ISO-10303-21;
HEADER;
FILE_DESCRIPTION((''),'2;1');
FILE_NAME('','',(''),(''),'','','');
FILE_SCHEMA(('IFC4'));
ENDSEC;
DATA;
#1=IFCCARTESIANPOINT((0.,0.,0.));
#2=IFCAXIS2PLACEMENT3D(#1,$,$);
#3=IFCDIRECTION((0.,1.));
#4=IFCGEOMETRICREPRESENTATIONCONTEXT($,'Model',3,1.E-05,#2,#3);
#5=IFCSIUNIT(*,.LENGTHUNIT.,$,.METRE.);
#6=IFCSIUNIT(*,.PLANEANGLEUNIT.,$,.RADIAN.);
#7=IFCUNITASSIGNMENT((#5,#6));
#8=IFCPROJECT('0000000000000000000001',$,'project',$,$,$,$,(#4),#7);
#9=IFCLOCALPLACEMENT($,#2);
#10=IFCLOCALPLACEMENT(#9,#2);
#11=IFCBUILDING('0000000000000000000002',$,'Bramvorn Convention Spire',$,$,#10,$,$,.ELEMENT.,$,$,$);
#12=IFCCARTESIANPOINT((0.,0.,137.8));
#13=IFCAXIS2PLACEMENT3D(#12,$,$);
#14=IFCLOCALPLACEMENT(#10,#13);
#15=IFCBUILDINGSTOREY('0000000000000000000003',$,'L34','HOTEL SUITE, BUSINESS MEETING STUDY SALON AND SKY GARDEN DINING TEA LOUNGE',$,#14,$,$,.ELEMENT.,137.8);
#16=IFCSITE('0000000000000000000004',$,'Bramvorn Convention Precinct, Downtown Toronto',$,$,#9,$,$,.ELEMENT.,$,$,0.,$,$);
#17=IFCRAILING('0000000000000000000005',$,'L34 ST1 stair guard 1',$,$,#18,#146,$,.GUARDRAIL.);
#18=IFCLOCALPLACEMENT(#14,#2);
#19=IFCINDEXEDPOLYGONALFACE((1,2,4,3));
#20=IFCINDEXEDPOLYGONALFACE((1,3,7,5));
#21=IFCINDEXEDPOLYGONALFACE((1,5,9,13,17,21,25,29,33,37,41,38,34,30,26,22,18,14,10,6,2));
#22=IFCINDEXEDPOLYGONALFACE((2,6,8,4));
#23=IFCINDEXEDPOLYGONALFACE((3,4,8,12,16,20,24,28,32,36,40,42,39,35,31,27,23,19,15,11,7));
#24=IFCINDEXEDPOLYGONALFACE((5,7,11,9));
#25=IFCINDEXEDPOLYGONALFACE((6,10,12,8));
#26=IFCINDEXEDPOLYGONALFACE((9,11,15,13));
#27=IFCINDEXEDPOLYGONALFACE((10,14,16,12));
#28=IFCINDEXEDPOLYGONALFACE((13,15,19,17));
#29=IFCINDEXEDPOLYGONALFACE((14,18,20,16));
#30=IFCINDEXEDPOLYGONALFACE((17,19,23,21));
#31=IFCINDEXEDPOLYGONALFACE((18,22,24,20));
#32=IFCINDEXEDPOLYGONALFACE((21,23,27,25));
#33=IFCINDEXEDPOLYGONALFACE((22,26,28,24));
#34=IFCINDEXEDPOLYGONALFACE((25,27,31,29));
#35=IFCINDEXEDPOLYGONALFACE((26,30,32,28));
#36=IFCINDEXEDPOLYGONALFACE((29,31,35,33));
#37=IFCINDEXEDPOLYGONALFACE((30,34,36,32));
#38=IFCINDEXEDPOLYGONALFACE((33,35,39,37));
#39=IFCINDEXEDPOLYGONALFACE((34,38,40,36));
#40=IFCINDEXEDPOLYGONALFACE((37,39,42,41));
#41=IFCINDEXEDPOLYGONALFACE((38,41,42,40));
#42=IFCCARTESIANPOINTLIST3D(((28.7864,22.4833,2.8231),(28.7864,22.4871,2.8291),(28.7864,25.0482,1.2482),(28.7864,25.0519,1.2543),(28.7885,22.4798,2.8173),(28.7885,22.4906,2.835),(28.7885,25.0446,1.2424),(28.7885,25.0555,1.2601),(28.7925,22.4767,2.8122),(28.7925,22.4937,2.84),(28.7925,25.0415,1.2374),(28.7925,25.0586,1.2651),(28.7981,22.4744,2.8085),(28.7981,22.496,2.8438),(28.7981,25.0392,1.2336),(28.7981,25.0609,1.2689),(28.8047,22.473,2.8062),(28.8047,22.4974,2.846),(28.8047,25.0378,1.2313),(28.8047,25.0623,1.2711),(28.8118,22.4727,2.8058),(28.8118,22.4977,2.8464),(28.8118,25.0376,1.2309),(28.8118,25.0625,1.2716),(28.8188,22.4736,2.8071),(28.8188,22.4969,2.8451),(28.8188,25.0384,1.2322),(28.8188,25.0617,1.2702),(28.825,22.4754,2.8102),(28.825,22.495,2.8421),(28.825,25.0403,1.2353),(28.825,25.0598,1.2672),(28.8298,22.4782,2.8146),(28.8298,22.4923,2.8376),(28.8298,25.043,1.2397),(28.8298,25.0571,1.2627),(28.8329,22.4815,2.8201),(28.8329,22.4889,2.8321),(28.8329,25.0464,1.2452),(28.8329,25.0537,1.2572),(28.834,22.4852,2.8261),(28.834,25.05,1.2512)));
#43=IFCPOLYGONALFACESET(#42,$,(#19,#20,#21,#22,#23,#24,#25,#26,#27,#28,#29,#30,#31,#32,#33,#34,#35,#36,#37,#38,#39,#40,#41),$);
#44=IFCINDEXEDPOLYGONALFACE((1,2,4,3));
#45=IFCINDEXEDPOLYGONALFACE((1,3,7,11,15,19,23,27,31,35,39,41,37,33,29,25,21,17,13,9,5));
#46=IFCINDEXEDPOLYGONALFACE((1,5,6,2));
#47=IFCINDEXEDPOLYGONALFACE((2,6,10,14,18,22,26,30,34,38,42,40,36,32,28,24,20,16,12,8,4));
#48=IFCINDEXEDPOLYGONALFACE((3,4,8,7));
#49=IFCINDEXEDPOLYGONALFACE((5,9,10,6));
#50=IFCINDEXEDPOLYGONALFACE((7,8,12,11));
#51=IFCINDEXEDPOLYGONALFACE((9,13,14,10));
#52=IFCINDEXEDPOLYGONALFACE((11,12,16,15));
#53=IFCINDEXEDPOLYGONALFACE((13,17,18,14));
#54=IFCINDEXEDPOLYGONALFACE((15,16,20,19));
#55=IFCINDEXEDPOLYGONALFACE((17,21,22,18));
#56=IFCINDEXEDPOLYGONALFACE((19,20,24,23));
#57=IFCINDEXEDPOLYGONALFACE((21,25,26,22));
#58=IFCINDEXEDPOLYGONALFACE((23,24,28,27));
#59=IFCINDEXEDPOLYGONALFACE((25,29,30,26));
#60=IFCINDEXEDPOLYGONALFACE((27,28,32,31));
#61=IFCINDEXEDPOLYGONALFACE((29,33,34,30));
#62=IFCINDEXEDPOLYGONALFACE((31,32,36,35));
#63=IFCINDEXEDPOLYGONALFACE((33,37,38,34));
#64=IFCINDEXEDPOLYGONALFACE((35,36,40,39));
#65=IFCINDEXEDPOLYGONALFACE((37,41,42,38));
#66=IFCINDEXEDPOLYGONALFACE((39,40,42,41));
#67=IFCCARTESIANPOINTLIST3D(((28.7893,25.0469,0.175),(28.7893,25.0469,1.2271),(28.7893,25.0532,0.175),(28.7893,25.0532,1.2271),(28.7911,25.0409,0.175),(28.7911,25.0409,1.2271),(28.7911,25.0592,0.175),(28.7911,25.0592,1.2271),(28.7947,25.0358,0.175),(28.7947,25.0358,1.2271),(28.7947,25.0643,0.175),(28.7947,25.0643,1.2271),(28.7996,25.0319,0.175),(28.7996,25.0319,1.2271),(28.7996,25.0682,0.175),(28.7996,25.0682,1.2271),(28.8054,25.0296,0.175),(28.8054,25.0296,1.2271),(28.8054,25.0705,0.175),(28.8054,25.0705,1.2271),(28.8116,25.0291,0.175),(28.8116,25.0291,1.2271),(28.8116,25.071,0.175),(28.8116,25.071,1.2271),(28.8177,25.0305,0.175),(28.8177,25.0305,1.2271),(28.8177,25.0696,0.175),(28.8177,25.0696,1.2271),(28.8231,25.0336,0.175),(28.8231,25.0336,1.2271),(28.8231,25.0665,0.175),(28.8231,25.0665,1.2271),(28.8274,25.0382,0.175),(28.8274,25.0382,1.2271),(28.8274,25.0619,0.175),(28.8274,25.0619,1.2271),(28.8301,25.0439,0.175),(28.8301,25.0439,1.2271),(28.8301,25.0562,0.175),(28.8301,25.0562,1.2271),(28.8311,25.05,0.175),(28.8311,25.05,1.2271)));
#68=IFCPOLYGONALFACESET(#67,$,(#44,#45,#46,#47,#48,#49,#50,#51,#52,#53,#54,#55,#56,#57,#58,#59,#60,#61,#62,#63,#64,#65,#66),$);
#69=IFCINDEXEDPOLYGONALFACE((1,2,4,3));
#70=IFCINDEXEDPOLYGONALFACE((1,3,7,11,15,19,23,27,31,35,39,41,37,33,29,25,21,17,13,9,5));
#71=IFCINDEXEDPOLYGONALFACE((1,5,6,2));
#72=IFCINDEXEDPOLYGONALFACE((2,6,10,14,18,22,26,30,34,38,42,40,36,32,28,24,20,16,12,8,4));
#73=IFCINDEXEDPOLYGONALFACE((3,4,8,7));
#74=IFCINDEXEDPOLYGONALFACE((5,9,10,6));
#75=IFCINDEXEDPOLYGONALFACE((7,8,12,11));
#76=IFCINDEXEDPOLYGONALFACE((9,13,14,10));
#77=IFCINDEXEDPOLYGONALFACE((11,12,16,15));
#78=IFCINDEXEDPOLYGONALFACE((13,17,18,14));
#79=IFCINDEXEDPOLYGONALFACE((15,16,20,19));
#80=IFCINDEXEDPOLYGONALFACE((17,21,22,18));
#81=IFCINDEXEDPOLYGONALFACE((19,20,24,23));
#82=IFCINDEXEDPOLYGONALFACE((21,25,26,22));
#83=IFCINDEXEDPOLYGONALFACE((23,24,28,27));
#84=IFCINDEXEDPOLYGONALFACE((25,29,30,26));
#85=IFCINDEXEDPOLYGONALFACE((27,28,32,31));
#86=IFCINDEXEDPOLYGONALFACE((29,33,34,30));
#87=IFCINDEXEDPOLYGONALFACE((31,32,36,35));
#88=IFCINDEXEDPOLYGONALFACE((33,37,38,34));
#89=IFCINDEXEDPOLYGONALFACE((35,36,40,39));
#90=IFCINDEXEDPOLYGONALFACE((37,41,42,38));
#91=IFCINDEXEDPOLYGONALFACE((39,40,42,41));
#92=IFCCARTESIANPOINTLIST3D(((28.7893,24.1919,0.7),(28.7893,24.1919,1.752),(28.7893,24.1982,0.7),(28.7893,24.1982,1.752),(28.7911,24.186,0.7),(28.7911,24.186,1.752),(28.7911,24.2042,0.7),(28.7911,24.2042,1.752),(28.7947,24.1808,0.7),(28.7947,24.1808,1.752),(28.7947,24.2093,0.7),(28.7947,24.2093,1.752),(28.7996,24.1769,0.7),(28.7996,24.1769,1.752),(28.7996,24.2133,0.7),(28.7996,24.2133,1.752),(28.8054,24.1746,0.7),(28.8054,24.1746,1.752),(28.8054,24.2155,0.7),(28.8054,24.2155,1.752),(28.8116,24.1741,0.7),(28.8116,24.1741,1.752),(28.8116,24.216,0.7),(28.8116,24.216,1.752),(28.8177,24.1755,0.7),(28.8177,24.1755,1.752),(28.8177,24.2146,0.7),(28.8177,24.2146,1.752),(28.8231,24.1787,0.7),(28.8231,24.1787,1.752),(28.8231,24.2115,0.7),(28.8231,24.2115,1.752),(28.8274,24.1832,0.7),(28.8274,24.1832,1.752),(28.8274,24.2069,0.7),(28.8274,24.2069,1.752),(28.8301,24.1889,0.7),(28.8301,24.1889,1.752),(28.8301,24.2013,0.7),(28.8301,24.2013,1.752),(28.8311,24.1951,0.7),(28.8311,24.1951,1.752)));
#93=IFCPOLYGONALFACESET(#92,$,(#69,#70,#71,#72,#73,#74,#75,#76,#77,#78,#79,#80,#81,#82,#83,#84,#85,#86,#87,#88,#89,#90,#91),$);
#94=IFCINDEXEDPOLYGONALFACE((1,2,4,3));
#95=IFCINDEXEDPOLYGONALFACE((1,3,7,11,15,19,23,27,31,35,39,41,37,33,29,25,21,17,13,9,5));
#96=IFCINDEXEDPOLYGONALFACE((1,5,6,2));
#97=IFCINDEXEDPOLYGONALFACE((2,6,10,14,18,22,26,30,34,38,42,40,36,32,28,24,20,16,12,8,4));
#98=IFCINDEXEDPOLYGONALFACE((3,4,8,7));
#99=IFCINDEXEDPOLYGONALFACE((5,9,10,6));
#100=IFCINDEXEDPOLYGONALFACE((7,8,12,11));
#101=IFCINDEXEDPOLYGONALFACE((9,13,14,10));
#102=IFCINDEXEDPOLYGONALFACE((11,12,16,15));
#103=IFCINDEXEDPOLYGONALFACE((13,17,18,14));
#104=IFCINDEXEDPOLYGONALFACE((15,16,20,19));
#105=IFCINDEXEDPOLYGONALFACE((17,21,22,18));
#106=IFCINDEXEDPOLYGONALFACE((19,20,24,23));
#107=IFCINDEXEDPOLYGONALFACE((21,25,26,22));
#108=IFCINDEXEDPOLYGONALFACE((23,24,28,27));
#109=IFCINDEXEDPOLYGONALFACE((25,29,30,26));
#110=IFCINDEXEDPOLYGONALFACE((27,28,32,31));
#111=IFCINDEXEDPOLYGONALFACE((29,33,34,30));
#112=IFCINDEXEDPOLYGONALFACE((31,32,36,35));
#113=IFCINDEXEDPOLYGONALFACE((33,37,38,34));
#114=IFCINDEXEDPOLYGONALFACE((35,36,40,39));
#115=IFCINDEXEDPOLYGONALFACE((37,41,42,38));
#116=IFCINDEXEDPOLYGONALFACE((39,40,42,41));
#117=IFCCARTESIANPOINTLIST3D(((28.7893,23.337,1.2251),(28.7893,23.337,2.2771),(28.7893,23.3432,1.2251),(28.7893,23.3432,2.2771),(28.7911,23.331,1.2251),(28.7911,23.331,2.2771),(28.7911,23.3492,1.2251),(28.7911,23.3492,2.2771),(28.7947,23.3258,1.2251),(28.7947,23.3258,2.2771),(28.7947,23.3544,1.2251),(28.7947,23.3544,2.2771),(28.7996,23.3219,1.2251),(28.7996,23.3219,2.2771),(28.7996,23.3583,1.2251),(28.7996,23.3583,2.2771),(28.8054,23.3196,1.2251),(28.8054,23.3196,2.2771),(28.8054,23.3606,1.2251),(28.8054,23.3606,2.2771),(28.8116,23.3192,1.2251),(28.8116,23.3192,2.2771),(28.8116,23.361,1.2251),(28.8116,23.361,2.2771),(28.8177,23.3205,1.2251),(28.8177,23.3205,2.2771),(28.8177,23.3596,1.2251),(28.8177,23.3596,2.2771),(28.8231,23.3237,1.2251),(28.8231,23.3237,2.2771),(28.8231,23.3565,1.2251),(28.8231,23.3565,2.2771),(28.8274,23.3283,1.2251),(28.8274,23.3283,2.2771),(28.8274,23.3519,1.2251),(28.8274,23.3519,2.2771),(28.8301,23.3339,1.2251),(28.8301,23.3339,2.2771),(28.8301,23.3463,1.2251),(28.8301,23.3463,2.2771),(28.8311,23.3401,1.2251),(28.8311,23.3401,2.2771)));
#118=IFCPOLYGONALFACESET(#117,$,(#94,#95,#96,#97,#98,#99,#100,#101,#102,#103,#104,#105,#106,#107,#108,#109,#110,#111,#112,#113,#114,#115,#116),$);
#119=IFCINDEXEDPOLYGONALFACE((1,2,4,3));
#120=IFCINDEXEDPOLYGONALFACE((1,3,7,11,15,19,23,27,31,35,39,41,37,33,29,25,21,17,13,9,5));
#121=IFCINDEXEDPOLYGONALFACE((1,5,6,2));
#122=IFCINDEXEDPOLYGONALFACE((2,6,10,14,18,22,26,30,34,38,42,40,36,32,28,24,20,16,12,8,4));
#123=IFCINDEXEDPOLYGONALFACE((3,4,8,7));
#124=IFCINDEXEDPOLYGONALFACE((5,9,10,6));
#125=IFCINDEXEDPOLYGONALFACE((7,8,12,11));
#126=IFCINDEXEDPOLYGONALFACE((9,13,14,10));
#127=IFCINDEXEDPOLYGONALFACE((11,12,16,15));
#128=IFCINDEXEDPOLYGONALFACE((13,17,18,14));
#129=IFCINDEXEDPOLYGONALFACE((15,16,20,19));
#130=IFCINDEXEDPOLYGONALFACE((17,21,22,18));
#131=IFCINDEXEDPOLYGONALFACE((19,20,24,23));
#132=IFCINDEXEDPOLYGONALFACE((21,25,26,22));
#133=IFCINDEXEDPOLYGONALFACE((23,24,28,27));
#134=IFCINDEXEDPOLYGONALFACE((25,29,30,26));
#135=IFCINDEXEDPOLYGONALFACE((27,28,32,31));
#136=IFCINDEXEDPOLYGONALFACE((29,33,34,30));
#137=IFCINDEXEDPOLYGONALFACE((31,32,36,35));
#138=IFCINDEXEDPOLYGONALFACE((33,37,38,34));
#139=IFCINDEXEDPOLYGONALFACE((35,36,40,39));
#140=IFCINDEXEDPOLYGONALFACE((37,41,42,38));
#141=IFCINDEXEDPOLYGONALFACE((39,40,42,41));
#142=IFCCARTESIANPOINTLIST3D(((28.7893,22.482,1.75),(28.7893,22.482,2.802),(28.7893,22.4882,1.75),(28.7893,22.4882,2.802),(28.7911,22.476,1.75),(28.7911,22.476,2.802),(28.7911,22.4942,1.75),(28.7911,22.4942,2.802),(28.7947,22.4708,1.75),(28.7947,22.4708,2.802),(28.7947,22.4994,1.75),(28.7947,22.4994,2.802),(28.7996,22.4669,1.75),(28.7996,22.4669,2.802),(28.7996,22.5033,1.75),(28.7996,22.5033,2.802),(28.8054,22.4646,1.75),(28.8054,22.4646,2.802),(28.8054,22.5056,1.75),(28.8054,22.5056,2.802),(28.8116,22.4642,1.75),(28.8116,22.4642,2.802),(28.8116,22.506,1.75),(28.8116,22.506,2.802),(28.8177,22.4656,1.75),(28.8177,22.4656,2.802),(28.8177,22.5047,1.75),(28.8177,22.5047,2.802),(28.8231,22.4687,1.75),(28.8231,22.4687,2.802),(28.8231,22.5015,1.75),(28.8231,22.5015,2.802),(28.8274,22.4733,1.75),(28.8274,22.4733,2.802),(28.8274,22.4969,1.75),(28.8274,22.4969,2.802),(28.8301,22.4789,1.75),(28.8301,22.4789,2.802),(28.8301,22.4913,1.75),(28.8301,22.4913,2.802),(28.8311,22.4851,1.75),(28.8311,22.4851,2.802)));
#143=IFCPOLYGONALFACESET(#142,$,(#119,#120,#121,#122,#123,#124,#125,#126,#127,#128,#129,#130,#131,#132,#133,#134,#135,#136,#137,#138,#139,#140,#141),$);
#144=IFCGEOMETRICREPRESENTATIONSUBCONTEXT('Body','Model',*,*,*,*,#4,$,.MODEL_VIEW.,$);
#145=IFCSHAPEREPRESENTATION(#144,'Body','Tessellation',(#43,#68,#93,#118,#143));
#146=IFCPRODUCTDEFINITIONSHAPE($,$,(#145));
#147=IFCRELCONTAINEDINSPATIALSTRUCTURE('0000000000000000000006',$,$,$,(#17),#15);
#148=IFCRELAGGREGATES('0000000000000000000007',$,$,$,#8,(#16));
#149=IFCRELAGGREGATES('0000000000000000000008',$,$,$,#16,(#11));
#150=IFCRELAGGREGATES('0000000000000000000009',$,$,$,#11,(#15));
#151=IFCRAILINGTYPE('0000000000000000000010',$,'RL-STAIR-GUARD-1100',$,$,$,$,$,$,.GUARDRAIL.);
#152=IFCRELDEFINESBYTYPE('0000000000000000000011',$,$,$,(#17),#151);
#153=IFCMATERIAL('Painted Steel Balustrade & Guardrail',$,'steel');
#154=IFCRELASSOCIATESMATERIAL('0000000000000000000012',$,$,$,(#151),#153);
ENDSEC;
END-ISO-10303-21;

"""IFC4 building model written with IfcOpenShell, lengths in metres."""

from ifc_helpers import new_model, si_unit, direction, frame, origin, origin_2d, place, context, subcontext, project, spatial, circle, extrude, material, type_object, element, save


model = new_model("IFC4")

# Units and contexts
model_context = context("Model", 3, precision=1e-05, world=origin(), true_north=direction((0.0, 1.0)))
body_context = subcontext(model_context, "Body", "Model", "MODEL_VIEW")
ifc_project = project(units=[si_unit("LENGTHUNIT", "METRE"), si_unit("PLANEANGLEUNIT", "RADIAN")], contexts=[model_context])

# Site, building, storey
site_placement = place(None, origin())
site = spatial("IfcSite", under=ifc_project, at=site_placement, Name="Bramvorn Convention Precinct, Downtown Toronto", CompositionType="ELEMENT", RefElevation=0.0)
building_placement = place(site_placement, origin())
building = spatial("IfcBuilding", under=site, at=building_placement, Name="Bramvorn Convention Spire", CompositionType="ELEMENT")
storey_placement = place(building_placement, frame((0.0, 0.0, 137.8)))
storey = spatial("IfcBuildingStorey", under=building, at=storey_placement, Name="L34", Description="HOTEL SUITE, BUSINESS MEETING STUDY SALON AND SKY GARDEN DINING TEA LOUNGE", CompositionType="ELEMENT", Elevation=137.8)

# Railing
ifc_material_1 = material(Name="Painted Steel Balustrade & Guardrail", Category="steel")
railing_type_1 = type_object("IfcRailingType", Name="RL-STAIR-GUARD-1100", PredefinedType="GUARDRAIL", material=ifc_material_1)
railing_1_placement = place(storey_placement, frame((28.8101, 25.05, 0.175)))
element("IfcRailing", 1, at=railing_1_placement, inside=storey, type_object=railing_type_1, Name="L34 ST1 stair guard 1", PredefinedType="GUARDRAIL", context=body_context, shape_type="SweptSolid", body=[
    extrude(circle(Radius=0.0239, at=origin_2d()), frame((0.0, 0.0, 1.0762), z_axis=(0.0, -0.852173, 0.52326), x_axis=(1.0, 0.0, 0.0)), (0.0, 0.0, 1.0), 3.0098),
    extrude(circle(Radius=0.021, at=origin_2d()), origin(), (0.0, 0.0, 1.0), 1.052),
    extrude(circle(Radius=0.021, at=origin_2d()), frame((0.0, -0.855, 0.5249)), (0.0, 0.0, 1.0), 1.052),
    extrude(circle(Radius=0.021, at=origin_2d()), frame((0.0, -1.71, 1.05)), (0.0, 0.0, 1.0), 1.052),
    extrude(circle(Radius=0.021, at=origin_2d()), frame((0.0, -2.5649, 1.575)), (0.0, 0.0, 1.0), 1.052),
])

save(model, "model.ifc")
